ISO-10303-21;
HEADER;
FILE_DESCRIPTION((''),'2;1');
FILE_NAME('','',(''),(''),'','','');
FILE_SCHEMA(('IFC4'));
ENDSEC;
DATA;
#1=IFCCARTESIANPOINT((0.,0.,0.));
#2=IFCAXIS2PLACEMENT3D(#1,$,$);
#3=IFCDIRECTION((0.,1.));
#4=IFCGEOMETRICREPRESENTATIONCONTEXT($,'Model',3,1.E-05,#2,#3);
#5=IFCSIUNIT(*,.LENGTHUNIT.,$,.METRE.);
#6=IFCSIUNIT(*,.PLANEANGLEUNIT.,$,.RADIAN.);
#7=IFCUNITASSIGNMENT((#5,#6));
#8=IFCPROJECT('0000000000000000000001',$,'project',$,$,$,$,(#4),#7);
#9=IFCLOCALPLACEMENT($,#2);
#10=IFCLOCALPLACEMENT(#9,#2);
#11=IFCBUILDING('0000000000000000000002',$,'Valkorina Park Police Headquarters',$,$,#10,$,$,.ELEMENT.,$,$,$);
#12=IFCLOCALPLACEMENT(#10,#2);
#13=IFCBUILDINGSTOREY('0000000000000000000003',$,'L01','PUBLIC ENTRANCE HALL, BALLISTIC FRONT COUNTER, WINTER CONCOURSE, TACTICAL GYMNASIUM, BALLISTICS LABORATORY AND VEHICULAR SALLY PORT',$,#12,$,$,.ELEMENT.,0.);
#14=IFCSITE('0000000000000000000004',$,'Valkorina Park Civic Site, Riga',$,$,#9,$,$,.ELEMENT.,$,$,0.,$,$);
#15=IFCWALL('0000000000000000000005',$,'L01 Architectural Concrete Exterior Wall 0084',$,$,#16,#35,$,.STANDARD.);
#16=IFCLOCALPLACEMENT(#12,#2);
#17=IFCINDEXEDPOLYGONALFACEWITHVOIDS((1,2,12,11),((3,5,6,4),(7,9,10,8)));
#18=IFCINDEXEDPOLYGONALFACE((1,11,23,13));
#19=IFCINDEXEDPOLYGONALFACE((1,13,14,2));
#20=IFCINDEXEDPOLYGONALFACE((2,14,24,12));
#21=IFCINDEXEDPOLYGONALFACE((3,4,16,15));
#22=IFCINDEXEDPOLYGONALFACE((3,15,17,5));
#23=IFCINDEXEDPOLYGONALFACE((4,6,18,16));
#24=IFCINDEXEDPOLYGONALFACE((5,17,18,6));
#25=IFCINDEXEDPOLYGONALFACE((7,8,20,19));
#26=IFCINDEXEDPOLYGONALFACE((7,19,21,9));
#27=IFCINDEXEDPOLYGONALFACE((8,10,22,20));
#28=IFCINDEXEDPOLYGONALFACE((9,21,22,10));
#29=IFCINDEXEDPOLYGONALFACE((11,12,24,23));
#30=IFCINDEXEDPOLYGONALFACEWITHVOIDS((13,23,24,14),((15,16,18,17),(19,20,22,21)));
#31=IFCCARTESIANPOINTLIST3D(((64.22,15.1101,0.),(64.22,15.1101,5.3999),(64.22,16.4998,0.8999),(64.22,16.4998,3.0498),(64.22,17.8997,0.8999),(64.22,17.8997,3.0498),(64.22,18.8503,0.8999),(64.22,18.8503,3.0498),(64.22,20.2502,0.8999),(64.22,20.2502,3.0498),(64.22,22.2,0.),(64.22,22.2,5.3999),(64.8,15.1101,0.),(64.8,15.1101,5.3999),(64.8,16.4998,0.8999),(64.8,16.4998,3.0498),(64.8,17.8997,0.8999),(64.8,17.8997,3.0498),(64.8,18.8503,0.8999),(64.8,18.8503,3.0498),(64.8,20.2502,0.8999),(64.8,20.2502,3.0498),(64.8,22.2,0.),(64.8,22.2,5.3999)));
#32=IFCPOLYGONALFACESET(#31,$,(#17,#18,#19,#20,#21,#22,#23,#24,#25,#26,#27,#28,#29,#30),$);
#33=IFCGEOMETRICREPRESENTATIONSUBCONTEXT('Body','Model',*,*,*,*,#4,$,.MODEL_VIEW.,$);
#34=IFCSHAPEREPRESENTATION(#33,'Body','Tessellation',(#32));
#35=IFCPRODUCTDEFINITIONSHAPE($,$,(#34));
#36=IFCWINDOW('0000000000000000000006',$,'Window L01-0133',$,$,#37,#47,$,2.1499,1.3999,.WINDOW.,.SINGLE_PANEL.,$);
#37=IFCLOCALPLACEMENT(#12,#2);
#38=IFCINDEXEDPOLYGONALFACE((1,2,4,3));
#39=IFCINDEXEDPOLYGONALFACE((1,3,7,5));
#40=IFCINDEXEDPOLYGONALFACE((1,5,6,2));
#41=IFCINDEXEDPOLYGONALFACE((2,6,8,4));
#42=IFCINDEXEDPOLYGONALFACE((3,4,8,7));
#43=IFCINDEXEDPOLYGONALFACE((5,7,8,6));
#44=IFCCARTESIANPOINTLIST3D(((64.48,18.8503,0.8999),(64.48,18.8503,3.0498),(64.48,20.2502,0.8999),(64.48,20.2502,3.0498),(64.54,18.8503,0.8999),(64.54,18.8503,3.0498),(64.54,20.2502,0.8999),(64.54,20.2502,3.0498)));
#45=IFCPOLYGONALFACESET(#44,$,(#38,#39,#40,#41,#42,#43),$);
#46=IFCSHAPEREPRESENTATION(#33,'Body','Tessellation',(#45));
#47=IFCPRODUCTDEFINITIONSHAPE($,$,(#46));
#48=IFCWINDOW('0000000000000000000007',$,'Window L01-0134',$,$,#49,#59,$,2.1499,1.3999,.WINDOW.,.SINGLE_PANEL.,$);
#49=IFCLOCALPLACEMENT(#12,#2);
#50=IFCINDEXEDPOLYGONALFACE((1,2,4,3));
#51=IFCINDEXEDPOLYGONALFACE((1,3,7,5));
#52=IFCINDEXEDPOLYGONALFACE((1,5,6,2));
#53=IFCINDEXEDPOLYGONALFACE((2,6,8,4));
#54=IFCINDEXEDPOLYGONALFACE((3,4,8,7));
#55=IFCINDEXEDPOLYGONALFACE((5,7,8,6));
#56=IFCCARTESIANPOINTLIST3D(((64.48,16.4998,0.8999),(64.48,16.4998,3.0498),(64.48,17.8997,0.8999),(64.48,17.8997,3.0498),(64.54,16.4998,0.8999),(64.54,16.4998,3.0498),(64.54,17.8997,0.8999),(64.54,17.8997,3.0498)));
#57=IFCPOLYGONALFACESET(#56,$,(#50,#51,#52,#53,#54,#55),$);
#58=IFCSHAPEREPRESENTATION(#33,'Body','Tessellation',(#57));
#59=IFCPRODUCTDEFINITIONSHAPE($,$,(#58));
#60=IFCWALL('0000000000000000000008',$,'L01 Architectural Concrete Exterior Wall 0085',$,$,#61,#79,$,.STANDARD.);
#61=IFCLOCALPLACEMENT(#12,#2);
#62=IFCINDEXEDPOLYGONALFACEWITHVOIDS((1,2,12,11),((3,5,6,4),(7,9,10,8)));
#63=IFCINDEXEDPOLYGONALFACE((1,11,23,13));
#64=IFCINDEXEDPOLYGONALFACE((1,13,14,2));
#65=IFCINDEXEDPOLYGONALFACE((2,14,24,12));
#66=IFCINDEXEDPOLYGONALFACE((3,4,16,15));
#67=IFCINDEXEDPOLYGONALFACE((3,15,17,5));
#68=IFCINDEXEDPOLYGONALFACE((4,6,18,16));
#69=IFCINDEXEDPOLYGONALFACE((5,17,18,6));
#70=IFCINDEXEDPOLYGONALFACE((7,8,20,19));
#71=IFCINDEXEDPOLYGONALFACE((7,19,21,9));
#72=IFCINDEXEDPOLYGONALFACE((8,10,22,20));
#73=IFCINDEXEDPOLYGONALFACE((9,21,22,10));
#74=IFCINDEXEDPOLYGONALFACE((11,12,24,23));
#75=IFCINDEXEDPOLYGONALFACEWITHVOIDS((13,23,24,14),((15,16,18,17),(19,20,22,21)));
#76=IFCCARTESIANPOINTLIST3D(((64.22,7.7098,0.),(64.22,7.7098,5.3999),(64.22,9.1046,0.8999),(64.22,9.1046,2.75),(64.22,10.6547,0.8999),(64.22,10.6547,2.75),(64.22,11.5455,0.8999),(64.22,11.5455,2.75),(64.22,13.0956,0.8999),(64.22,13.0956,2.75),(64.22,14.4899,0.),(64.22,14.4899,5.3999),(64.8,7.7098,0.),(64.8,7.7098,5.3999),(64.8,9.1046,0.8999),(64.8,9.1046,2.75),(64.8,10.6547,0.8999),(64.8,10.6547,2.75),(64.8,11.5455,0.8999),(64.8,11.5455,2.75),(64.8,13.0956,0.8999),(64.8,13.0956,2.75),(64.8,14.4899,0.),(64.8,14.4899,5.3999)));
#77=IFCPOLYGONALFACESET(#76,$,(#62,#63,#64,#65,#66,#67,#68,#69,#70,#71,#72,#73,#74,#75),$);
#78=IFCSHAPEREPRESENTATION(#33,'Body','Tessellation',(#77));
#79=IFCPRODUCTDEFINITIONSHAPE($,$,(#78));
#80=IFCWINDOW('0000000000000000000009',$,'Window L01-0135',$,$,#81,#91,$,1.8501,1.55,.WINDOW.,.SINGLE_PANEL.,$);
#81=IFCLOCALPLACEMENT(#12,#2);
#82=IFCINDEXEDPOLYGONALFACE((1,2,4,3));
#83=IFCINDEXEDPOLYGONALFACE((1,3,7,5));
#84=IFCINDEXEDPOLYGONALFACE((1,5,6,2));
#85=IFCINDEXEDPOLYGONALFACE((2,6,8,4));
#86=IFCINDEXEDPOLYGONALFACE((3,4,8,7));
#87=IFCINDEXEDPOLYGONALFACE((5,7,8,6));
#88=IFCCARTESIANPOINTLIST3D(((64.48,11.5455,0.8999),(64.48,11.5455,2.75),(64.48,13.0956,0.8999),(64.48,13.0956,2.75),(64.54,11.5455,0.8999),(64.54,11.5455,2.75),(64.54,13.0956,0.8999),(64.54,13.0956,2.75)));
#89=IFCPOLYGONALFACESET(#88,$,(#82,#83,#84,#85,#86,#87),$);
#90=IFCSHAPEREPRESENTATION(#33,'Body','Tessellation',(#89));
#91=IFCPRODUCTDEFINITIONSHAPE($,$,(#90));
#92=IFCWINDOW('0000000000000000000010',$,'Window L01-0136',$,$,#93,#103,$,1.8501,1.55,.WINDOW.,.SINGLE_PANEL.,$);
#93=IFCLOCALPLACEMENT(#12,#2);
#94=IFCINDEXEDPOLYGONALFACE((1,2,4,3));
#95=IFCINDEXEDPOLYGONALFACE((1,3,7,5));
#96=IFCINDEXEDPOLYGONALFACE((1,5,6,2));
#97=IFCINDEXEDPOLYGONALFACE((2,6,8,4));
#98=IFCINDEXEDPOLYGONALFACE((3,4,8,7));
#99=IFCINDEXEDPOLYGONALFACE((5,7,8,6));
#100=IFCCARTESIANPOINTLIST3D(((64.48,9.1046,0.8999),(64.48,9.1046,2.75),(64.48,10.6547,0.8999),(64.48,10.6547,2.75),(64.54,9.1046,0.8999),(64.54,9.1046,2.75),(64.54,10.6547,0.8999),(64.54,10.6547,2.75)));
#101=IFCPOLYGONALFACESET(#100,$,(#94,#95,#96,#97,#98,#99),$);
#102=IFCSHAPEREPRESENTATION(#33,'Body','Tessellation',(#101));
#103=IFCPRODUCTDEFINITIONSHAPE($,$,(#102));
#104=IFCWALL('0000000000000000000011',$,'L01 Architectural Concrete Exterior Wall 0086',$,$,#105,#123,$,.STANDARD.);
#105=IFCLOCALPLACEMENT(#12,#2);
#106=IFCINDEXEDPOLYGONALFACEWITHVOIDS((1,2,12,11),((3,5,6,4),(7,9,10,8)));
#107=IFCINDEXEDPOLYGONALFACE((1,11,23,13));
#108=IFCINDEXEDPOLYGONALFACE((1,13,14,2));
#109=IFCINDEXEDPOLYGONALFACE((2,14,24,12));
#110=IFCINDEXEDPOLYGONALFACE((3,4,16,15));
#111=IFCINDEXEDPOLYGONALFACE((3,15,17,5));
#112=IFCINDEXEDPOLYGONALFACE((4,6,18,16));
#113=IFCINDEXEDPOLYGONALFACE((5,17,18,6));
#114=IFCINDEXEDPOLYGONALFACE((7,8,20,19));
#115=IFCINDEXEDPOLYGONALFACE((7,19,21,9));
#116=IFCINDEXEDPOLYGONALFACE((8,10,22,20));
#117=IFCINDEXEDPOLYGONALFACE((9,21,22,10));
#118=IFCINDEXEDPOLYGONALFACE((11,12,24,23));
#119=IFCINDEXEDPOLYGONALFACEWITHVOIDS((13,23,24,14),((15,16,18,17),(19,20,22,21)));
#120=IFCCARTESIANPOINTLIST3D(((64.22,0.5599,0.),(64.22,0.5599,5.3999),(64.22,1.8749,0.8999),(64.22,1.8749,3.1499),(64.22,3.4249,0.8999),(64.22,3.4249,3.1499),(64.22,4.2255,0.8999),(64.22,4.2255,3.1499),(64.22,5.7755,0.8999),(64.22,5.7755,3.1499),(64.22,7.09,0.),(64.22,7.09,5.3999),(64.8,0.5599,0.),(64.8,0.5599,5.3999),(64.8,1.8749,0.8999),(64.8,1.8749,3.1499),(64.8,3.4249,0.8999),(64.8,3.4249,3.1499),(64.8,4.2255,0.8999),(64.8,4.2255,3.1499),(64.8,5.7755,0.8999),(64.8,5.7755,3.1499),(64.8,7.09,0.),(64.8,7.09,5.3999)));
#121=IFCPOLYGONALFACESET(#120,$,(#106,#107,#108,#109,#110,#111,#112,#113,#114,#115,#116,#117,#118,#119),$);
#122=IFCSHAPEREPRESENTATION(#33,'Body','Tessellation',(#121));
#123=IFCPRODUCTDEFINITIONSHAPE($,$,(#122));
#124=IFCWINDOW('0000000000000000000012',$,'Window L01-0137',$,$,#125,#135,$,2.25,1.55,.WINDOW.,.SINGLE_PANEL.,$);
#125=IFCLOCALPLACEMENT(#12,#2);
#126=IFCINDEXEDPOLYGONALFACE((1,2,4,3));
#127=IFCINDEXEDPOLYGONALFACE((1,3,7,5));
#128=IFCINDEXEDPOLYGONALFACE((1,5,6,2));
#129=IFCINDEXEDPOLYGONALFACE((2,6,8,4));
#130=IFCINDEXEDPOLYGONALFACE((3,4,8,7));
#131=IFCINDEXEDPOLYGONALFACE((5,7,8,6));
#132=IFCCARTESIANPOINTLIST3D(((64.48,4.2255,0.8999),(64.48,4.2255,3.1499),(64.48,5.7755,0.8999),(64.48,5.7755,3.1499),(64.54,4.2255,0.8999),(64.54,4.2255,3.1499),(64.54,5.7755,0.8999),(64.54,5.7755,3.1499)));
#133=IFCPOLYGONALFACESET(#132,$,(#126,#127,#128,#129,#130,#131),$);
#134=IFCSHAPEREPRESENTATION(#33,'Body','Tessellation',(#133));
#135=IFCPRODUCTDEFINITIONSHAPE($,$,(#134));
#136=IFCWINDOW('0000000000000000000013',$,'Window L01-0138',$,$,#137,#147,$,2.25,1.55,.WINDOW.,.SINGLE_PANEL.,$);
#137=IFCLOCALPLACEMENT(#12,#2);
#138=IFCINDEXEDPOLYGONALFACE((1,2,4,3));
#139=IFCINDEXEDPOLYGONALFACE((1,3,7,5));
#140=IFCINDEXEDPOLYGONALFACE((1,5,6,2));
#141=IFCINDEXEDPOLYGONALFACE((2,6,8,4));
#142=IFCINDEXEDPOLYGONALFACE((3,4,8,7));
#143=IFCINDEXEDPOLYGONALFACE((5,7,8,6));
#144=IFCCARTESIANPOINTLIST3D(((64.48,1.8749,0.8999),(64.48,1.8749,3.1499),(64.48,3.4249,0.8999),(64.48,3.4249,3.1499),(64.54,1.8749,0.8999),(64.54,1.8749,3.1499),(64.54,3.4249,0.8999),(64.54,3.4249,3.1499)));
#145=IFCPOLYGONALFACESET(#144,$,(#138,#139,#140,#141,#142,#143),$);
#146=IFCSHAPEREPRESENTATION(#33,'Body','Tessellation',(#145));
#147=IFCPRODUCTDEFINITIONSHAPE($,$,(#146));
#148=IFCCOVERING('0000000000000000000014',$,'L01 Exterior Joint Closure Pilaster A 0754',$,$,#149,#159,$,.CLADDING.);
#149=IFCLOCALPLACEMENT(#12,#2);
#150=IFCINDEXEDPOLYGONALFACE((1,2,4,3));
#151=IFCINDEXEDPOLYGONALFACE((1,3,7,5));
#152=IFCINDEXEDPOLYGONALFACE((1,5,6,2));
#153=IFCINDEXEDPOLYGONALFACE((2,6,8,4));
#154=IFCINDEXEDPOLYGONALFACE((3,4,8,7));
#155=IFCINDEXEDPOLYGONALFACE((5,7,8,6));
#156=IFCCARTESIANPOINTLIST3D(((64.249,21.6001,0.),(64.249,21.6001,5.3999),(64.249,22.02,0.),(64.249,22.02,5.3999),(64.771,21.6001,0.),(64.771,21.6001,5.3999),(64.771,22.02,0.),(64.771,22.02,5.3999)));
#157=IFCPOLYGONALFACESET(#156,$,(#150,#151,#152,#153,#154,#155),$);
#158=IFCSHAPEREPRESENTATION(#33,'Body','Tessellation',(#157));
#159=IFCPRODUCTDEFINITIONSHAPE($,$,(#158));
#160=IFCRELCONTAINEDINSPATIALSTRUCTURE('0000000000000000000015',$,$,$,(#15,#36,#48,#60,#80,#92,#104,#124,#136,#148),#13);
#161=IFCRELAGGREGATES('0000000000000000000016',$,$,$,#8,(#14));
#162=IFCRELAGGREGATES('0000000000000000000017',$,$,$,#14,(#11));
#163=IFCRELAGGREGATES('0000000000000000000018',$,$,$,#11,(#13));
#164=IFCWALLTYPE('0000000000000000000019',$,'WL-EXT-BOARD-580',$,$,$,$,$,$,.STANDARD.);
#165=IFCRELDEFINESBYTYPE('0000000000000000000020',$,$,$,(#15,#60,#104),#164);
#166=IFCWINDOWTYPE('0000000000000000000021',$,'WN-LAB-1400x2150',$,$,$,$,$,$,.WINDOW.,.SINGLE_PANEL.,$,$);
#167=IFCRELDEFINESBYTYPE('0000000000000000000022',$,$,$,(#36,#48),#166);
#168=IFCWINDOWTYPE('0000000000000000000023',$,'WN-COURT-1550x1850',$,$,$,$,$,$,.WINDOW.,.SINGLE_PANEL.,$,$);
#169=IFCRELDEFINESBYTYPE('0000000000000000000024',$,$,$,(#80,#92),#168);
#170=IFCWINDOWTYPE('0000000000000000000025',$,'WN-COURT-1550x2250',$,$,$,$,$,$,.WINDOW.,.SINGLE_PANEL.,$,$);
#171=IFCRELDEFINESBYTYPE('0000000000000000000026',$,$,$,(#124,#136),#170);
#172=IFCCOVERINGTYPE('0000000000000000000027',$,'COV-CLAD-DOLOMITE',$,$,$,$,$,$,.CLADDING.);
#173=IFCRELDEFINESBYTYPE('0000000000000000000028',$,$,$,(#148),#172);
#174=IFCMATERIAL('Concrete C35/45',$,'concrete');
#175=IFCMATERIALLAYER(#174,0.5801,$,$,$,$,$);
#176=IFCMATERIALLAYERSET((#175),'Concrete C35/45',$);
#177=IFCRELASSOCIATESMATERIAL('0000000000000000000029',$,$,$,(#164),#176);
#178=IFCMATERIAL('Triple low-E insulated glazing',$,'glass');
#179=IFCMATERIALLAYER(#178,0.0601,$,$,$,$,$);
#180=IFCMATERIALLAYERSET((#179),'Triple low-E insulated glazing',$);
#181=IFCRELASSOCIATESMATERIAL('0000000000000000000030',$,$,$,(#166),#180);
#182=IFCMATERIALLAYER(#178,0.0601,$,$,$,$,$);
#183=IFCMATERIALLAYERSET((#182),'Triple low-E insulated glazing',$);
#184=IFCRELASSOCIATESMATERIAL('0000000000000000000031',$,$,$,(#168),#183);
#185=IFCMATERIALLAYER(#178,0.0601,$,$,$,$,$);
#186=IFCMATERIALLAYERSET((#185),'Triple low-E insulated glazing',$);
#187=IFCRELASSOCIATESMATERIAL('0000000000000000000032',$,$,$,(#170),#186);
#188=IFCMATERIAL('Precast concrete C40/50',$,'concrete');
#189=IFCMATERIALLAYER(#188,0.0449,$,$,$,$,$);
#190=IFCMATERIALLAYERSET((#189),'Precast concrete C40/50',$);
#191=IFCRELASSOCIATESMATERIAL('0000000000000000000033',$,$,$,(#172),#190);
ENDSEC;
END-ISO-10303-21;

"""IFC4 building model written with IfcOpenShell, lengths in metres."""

from ifc_helpers import new_model, si_unit, direction, frame, frame_2d, origin, origin_2d, place, context, subcontext, project, spatial, rectangle, extrude, material, layer, layer_set, type_object, element, fill, save


model = new_model("IFC4")

# Units and contexts
model_context = context("Model", 3, precision=1e-05, world=origin(), true_north=direction((0.0, 1.0)))
body_context = subcontext(model_context, "Body", "Model", "MODEL_VIEW")
ifc_project = project(units=[si_unit("LENGTHUNIT", "METRE"), si_unit("PLANEANGLEUNIT", "RADIAN")], contexts=[model_context])

# Site, building, storey
site_placement = place(None, origin())
site = spatial("IfcSite", under=ifc_project, at=site_placement, Name="Valkorina Park Civic Site, Riga", CompositionType="ELEMENT", RefElevation=0.0)
building_placement = place(site_placement, origin())
building = spatial("IfcBuilding", under=site, at=building_placement, Name="Valkorina Park Police Headquarters", CompositionType="ELEMENT")
storey_placement = place(building_placement, origin())
storey = spatial("IfcBuildingStorey", under=building, at=storey_placement, Name="L01", Description="PUBLIC ENTRANCE HALL, BALLISTIC FRONT COUNTER, WINTER CONCOURSE, TACTICAL GYMNASIUM, BALLISTICS LABORATORY AND VEHICULAR SALLY PORT", CompositionType="ELEMENT", Elevation=0.0)

# Walls, openings, windows
ifc_material_1 = material(Name="Concrete C35/45", Category="concrete")
ifc_layer_1 = layer(ifc_material_1, 0.5801)
ifc_layer_set_1 = layer_set([ifc_layer_1], Name="Concrete C35/45")
wall_type_1 = type_object("IfcWallType", Name="WL-EXT-BOARD-580", PredefinedType="STANDARD", material=ifc_layer_set_1)
wall_1_placement = place(storey_placement, frame((64.51, 22.2, 0.0), z_axis=(0.0, 0.0, 1.0), x_axis=(0.0, -1.0, 0.0)))
wall_1 = element("IfcWall", 1, at=wall_1_placement, inside=storey, type_object=wall_type_1, Name="L01 Architectural Concrete Exterior Wall 0084", PredefinedType="STANDARD", context=body_context, shape_type="SweptSolid", body=[
    extrude(rectangle(XDim=7.0898, YDim=0.5801, at=frame_2d((3.5449, 0.0))), origin(), (0.0, 0.0, 1.0), 5.3999),
])
opening_1_placement = place(wall_1_placement, frame((1.9497, 0.0, 0.8999)))
opening_1 = element("IfcOpeningElement", 2, at=opening_1_placement, cuts=wall_1, PredefinedType="OPENING", context=body_context, shape_type="SweptSolid", body=[
    extrude(rectangle(XDim=1.3999, YDim=2.1499, at=frame_2d((0.7, 1.075))), frame((0.0, 0.3, 0.0), z_axis=(0.0, -1.0, 0.0), x_axis=(1.0, 0.0, 0.0)), (0.0, 0.0, 1.0), 0.6001),
])
opening_2_placement = place(wall_1_placement, frame((4.3003, 0.0, 0.8999)))
opening_2 = element("IfcOpeningElement", 3, at=opening_2_placement, cuts=wall_1, PredefinedType="OPENING", context=body_context, shape_type="SweptSolid", body=[
    extrude(rectangle(XDim=1.3999, YDim=2.1499, at=frame_2d((0.7, 1.075))), frame((0.0, 0.3, 0.0), z_axis=(0.0, -1.0, 0.0), x_axis=(1.0, 0.0, 0.0)), (0.0, 0.0, 1.0), 0.6001),
])
ifc_material_2 = material(Name="Triple low-E insulated glazing", Category="glass")
ifc_layer_2 = layer(ifc_material_2, 0.0601)
ifc_layer_set_2 = layer_set([ifc_layer_2], Name="Triple low-E insulated glazing")
window_type_1 = type_object("IfcWindowType", Name="WN-LAB-1400x2150", PartitioningType="SINGLE_PANEL", PredefinedType="WINDOW", material=ifc_layer_set_2)
window_1_placement = place(opening_1_placement, origin())
window_1 = element("IfcWindow", 4, at=window_1_placement, inside=storey, type_object=window_type_1, Name="Window L01-0133", OverallHeight=2.1499, OverallWidth=1.3999, PartitioningType="SINGLE_PANEL", PredefinedType="WINDOW", context=body_context, shape_type="SweptSolid", body=[
    extrude(rectangle(XDim=1.3999, YDim=2.1499, at=frame_2d((0.7, 1.075))), frame((0.0, 0.03, 0.0), z_axis=(0.0, -1.0, 0.0), x_axis=(1.0, 0.0, 0.0)), (0.0, 0.0, 1.0), 0.0601),
])
fill(opening_1, window_1)
window_2_placement = place(opening_2_placement, origin())
window_2 = element("IfcWindow", 5, at=window_2_placement, inside=storey, type_object=window_type_1, Name="Window L01-0134", OverallHeight=2.1499, OverallWidth=1.3999, PartitioningType="SINGLE_PANEL", PredefinedType="WINDOW", context=body_context, shape_type="SweptSolid", body=[
    extrude(rectangle(XDim=1.3999, YDim=2.1499, at=frame_2d((0.7, 1.075))), frame((0.0, 0.03, 0.0), z_axis=(0.0, -1.0, 0.0), x_axis=(1.0, 0.0, 0.0)), (0.0, 0.0, 1.0), 0.0601),
])
fill(opening_2, window_2)
wall_2_placement = place(storey_placement, frame((64.51, 14.49, 0.0), z_axis=(0.0, 0.0, 1.0), x_axis=(0.0, -1.0, 0.0)))
wall_2 = element("IfcWall", 6, at=wall_2_placement, inside=storey, type_object=wall_type_1, Name="L01 Architectural Concrete Exterior Wall 0085", PredefinedType="STANDARD", context=body_context, shape_type="SweptSolid", body=[
    extrude(rectangle(XDim=6.78, YDim=0.5801, at=frame_2d((3.3901, 0.0))), origin(), (0.0, 0.0, 1.0), 5.3999),
])
opening_3_placement = place(wall_2_placement, frame((1.3945, 0.0, 0.8999)))
opening_3 = element("IfcOpeningElement", 7, at=opening_3_placement, cuts=wall_2, PredefinedType="OPENING", context=body_context, shape_type="SweptSolid", body=[
    extrude(rectangle(XDim=1.55, YDim=1.8501, at=frame_2d((0.7749, 0.925))), frame((0.0, 0.3, 0.0), z_axis=(0.0, -1.0, 0.0), x_axis=(1.0, 0.0, 0.0)), (0.0, 0.0, 1.0), 0.6001),
])
opening_4_placement = place(wall_2_placement, frame((3.8354, 0.0, 0.8999)))
opening_4 = element("IfcOpeningElement", 8, at=opening_4_placement, cuts=wall_2, PredefinedType="OPENING", context=body_context, shape_type="SweptSolid", body=[
    extrude(rectangle(XDim=1.55, YDim=1.8501, at=frame_2d((0.7749, 0.925))), frame((0.0, 0.3, 0.0), z_axis=(0.0, -1.0, 0.0), x_axis=(1.0, 0.0, 0.0)), (0.0, 0.0, 1.0), 0.6001),
])
ifc_layer_3 = layer(ifc_material_2, 0.0601)
ifc_layer_set_3 = layer_set([ifc_layer_3], Name="Triple low-E insulated glazing")
window_type_2 = type_object("IfcWindowType", Name="WN-COURT-1550x1850", PartitioningType="SINGLE_PANEL", PredefinedType="WINDOW", material=ifc_layer_set_3)
window_3_placement = place(opening_3_placement, origin())
window_3 = element("IfcWindow", 9, at=window_3_placement, inside=storey, type_object=window_type_2, Name="Window L01-0135", OverallHeight=1.8501, OverallWidth=1.55, PartitioningType="SINGLE_PANEL", PredefinedType="WINDOW", context=body_context, shape_type="SweptSolid", body=[
    extrude(rectangle(XDim=1.55, YDim=1.8501, at=frame_2d((0.7749, 0.925))), frame((0.0, 0.03, 0.0), z_axis=(0.0, -1.0, 0.0), x_axis=(1.0, 0.0, 0.0)), (0.0, 0.0, 1.0), 0.0601),
])
fill(opening_3, window_3)
window_4_placement = place(opening_4_placement, origin())
window_4 = element("IfcWindow", 10, at=window_4_placement, inside=storey, type_object=window_type_2, Name="Window L01-0136", OverallHeight=1.8501, OverallWidth=1.55, PartitioningType="SINGLE_PANEL", PredefinedType="WINDOW", context=body_context, shape_type="SweptSolid", body=[
    extrude(rectangle(XDim=1.55, YDim=1.8501, at=frame_2d((0.7749, 0.925))), frame((0.0, 0.03, 0.0), z_axis=(0.0, -1.0, 0.0), x_axis=(1.0, 0.0, 0.0)), (0.0, 0.0, 1.0), 0.0601),
])
fill(opening_4, window_4)
wall_3_placement = place(storey_placement, frame((64.51, 7.0901, 0.0), z_axis=(0.0, 0.0, 1.0), x_axis=(0.0, -1.0, 0.0)))
wall_3 = element("IfcWall", 11, at=wall_3_placement, inside=storey, type_object=wall_type_1, Name="L01 Architectural Concrete Exterior Wall 0086", PredefinedType="STANDARD", context=body_context, shape_type="SweptSolid", body=[
    extrude(rectangle(XDim=6.53, YDim=0.5801, at=frame_2d((3.2651, 0.0))), origin(), (0.0, 0.0, 1.0), 5.3999),
])
opening_5_placement = place(wall_3_placement, frame((1.3147, 0.0, 0.8999)))
opening_5 = element("IfcOpeningElement", 12, at=opening_5_placement, cuts=wall_3, PredefinedType="OPENING", context=body_context, shape_type="SweptSolid", body=[
    extrude(rectangle(XDim=1.55, YDim=2.25, at=frame_2d((0.7749, 1.125))), frame((0.0, 0.3, 0.0), z_axis=(0.0, -1.0, 0.0), x_axis=(1.0, 0.0, 0.0)), (0.0, 0.0, 1.0), 0.6001),
])
opening_6_placement = place(wall_3_placement, frame((3.6653, 0.0, 0.8999)))
opening_6 = element("IfcOpeningElement", 13, at=opening_6_placement, cuts=wall_3, PredefinedType="OPENING", context=body_context, shape_type="SweptSolid", body=[
    extrude(rectangle(XDim=1.55, YDim=2.25, at=frame_2d((0.7749, 1.125))), frame((0.0, 0.3, 0.0), z_axis=(0.0, -1.0, 0.0), x_axis=(1.0, 0.0, 0.0)), (0.0, 0.0, 1.0), 0.6001),
])
ifc_layer_4 = layer(ifc_material_2, 0.0601)
ifc_layer_set_4 = layer_set([ifc_layer_4], Name="Triple low-E insulated glazing")
window_type_3 = type_object("IfcWindowType", Name="WN-COURT-1550x2250", PartitioningType="SINGLE_PANEL", PredefinedType="WINDOW", material=ifc_layer_set_4)
window_5_placement = place(opening_5_placement, origin())
window_5 = element("IfcWindow", 14, at=window_5_placement, inside=storey, type_object=window_type_3, Name="Window L01-0137", OverallHeight=2.25, OverallWidth=1.55, PartitioningType="SINGLE_PANEL", PredefinedType="WINDOW", context=body_context, shape_type="SweptSolid", body=[
    extrude(rectangle(XDim=1.55, YDim=2.25, at=frame_2d((0.7749, 1.125))), frame((0.0, 0.03, 0.0), z_axis=(0.0, -1.0, 0.0), x_axis=(1.0, 0.0, 0.0)), (0.0, 0.0, 1.0), 0.0601),
])
fill(opening_5, window_5)
window_6_placement = place(opening_6_placement, origin())
window_6 = element("IfcWindow", 15, at=window_6_placement, inside=storey, type_object=window_type_3, Name="Window L01-0138", OverallHeight=2.25, OverallWidth=1.55, PartitioningType="SINGLE_PANEL", PredefinedType="WINDOW", context=body_context, shape_type="SweptSolid", body=[
    extrude(rectangle(XDim=1.55, YDim=2.25, at=frame_2d((0.7749, 1.125))), frame((0.0, 0.03, 0.0), z_axis=(0.0, -1.0, 0.0), x_axis=(1.0, 0.0, 0.0)), (0.0, 0.0, 1.0), 0.0601),
])
fill(opening_6, window_6)

# Covering
ifc_material_3 = material(Name="Precast concrete C40/50", Category="concrete")
ifc_layer_5 = layer(ifc_material_3, 0.0449)
ifc_layer_set_5 = layer_set([ifc_layer_5], Name="Precast concrete C40/50")
covering_type = type_object("IfcCoveringType", Name="COV-CLAD-DOLOMITE", PredefinedType="CLADDING", material=ifc_layer_set_5)
for number, where, z_axis, x_axis, name in (
    (16, (64.51, 21.8101, 0.0), (0.0, 0.0, 1.0), (0.0, 1.0, 0.0), "L01 Exterior Joint Closure Pilaster A 0754"),
):
    element("IfcCovering", number, at=place(storey_placement, frame(where, z_axis=z_axis, x_axis=x_axis)), inside=storey, type_object=covering_type, Name=name, PredefinedType="CLADDING", context=body_context, shape_type="SweptSolid", body=[
        extrude(rectangle(XDim=0.4199, YDim=0.522, at=origin_2d()), origin(), (0.0, 0.0, 1.0), 5.3999),
    ])

save(model, "model.ifc")
